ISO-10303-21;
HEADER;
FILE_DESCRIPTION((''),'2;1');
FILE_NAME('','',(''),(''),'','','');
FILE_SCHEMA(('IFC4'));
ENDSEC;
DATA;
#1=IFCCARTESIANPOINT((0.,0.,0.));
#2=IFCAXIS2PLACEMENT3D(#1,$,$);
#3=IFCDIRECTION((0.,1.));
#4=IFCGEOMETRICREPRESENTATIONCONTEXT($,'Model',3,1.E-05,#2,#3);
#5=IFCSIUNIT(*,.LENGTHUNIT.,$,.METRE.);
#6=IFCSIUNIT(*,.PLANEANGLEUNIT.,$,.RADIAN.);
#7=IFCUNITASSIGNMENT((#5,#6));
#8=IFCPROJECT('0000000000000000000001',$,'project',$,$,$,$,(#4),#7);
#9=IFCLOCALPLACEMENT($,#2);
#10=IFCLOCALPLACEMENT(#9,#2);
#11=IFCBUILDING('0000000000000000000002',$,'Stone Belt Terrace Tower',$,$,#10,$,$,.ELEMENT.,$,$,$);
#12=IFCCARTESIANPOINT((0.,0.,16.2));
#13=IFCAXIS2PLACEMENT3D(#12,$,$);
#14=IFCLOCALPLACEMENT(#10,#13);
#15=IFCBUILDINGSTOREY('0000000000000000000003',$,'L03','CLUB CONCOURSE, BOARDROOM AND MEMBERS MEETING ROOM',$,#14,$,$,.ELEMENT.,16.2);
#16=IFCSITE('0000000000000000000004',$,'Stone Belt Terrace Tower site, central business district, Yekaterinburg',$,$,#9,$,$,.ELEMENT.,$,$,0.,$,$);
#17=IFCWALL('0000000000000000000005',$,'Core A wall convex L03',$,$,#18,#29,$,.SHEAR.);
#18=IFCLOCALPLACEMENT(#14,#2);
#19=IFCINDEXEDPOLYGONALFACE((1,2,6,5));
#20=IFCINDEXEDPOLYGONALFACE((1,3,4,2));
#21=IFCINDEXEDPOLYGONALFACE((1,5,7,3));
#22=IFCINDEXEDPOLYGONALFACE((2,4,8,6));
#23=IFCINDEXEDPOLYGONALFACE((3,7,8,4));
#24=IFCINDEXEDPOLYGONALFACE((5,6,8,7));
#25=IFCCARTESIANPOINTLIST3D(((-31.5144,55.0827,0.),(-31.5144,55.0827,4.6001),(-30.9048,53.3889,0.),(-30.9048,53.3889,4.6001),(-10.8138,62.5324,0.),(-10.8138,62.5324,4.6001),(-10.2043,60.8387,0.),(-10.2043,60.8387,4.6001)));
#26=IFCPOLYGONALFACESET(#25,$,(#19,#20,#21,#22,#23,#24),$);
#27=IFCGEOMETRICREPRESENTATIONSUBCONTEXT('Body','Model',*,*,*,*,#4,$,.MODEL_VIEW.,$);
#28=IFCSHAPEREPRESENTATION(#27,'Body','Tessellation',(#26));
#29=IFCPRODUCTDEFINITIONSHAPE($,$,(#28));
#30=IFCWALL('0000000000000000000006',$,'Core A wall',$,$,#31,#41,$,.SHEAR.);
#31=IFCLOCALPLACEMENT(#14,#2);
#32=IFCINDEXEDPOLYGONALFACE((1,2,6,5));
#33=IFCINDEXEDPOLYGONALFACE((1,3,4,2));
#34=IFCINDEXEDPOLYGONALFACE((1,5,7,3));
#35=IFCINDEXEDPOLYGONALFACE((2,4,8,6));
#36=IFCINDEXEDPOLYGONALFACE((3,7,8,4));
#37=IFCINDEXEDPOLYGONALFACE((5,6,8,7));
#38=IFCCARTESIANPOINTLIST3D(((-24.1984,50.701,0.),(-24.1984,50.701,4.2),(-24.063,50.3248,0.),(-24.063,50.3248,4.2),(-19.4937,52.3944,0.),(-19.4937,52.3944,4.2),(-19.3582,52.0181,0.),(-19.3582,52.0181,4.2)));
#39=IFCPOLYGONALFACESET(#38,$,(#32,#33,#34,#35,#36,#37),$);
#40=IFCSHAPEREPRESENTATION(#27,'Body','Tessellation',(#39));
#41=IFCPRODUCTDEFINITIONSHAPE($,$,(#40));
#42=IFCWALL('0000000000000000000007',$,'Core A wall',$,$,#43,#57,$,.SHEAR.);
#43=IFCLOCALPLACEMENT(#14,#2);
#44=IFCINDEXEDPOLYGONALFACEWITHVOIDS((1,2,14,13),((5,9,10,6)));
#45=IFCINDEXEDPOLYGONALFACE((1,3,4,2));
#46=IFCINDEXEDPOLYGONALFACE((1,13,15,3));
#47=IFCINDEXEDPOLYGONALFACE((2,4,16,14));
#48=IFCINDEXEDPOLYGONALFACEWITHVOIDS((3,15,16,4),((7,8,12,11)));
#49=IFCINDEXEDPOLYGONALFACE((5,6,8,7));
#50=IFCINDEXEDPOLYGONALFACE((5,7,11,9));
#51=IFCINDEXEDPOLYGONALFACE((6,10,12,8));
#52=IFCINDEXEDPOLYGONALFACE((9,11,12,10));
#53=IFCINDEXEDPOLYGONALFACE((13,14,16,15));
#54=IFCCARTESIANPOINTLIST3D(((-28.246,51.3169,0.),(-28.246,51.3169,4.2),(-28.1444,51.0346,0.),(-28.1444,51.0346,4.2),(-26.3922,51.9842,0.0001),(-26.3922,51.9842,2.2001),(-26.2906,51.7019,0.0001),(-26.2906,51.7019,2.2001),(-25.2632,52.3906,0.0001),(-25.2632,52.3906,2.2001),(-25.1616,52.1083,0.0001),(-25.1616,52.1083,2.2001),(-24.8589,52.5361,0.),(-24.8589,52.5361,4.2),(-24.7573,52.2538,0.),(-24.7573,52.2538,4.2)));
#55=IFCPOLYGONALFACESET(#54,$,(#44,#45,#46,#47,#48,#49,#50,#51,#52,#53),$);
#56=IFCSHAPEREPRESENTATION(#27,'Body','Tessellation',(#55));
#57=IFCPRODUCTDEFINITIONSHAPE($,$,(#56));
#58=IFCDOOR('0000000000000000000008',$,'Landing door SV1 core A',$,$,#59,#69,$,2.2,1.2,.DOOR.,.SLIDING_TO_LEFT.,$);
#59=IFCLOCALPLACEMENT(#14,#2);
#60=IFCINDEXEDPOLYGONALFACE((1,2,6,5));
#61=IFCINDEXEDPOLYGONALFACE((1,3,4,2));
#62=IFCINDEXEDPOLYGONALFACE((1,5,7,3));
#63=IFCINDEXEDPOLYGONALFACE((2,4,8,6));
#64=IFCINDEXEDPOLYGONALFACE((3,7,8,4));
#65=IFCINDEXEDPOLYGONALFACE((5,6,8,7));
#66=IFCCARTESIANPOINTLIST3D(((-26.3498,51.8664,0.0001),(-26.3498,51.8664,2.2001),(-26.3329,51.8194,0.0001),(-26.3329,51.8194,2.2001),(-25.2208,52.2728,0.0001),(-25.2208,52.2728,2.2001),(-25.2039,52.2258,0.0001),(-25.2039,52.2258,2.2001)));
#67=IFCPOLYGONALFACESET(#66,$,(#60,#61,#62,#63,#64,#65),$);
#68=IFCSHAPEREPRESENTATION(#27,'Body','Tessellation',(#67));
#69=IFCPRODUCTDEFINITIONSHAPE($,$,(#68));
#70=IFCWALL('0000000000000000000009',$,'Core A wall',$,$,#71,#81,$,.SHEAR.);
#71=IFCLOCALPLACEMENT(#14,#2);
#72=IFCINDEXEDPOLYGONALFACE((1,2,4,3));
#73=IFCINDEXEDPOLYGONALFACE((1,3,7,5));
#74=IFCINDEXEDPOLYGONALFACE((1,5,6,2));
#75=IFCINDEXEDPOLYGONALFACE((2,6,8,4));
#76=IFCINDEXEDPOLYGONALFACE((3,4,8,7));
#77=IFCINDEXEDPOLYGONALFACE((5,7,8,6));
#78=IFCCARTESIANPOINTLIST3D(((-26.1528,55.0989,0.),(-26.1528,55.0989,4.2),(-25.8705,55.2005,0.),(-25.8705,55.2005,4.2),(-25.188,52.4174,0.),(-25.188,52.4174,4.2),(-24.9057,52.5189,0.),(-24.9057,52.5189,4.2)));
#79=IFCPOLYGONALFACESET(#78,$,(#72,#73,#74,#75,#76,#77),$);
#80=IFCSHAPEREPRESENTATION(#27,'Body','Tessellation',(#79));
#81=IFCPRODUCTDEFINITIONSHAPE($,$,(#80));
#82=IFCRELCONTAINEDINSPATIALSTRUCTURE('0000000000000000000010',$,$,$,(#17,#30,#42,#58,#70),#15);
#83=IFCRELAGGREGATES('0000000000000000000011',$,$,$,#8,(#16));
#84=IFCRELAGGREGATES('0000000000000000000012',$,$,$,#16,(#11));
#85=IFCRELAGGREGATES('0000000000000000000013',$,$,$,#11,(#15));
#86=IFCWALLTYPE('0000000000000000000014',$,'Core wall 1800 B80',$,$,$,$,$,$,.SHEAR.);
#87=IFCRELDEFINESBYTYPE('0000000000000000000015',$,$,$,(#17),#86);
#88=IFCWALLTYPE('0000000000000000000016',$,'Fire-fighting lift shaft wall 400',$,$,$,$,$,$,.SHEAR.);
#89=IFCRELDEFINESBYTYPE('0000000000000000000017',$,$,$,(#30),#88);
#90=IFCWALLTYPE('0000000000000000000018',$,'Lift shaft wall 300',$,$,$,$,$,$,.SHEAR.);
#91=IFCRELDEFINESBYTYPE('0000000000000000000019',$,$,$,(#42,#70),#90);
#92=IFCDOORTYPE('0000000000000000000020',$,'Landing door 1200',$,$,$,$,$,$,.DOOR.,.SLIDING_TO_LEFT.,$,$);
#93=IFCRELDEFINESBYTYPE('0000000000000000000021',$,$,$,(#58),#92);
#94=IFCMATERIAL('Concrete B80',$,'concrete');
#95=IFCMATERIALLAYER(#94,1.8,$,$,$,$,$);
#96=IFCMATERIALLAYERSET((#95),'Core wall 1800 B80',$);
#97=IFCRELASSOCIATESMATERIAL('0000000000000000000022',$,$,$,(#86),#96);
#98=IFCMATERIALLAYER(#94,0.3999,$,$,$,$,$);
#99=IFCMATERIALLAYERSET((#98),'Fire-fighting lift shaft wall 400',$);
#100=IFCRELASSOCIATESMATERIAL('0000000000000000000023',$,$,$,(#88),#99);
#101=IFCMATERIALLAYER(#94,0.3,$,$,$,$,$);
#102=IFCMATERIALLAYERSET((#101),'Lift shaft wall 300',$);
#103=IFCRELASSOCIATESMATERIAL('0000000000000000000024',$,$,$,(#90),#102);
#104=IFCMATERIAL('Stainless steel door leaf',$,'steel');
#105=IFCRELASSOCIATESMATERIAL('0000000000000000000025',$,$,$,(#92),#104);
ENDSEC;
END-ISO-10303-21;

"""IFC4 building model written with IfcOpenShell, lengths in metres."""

from ifc_helpers import new_model, si_unit, direction, frame, frame_2d, origin, place, context, subcontext, project, spatial, rectangle, extrude, material, layer, layer_set, type_object, element, fill, save


model = new_model("IFC4")

# Units and contexts
model_context = context("Model", 3, precision=1e-05, world=origin(), true_north=direction((0.0, 1.0)))
body_context = subcontext(model_context, "Body", "Model", "MODEL_VIEW")
ifc_project = project(units=[si_unit("LENGTHUNIT", "METRE"), si_unit("PLANEANGLEUNIT", "RADIAN")], contexts=[model_context])

# Site, building, storey
site_placement = place(None, origin())
site = spatial("IfcSite", under=ifc_project, at=site_placement, Name="Stone Belt Terrace Tower site, central business district, Yekaterinburg", CompositionType="ELEMENT", RefElevation=0.0)
building_placement = place(site_placement, origin())
building = spatial("IfcBuilding", under=site, at=building_placement, Name="Stone Belt Terrace Tower", CompositionType="ELEMENT")
storey_placement = place(building_placement, frame((0.0, 0.0, 16.2)))
storey = spatial("IfcBuildingStorey", under=building, at=storey_placement, Name="L03", Description="CLUB CONCOURSE, BOARDROOM AND MEMBERS MEETING ROOM", CompositionType="ELEMENT", Elevation=16.2)

# Shared definitions
ifc_material_1 = material(Name="Concrete B80", Category="concrete")

# Walls
ifc_layer_1 = layer(ifc_material_1, 1.8)
ifc_layer_set_1 = layer_set([ifc_layer_1], Name="Core wall 1800 B80")
wall_type_1 = type_object("IfcWallType", Name="Core wall 1800 B80", PredefinedType="SHEAR", material=ifc_layer_set_1)
wall_1_placement = place(storey_placement, frame((-31.2095, 54.2358, 0.0), z_axis=(0.0, 0.0, 1.0), x_axis=(0.940923, 0.338621, 0.0)))
element("IfcWall", 1, at=wall_1_placement, inside=storey, type_object=wall_type_1, Name="Core A wall convex L03", PredefinedType="SHEAR", context=body_context, shape_type="SweptSolid", body=[
    extrude(rectangle(XDim=22.0002, YDim=1.8, at=frame_2d((11.0, 0.0))), origin(), (0.0, 0.0, 1.0), 4.6001),
])
ifc_layer_2 = layer(ifc_material_1, 0.3999)
ifc_layer_set_2 = layer_set([ifc_layer_2], Name="Fire-fighting lift shaft wall 400")
wall_type_2 = type_object("IfcWallType", Name="Fire-fighting lift shaft wall 400", PredefinedType="SHEAR", material=ifc_layer_set_2)
wall_2_placement = place(storey_placement, frame((-24.1306, 50.5129, 0.0), z_axis=(0.0, 0.0, 1.0), x_axis=(0.940912, 0.338652, 0.0)))
element("IfcWall", 2, at=wall_2_placement, inside=storey, type_object=wall_type_2, Name="Core A wall", PredefinedType="SHEAR", context=body_context, shape_type="SweptSolid", body=[
    extrude(rectangle(XDim=5.0002, YDim=0.3999, at=frame_2d((2.5, 0.0))), origin(), (0.0, 0.0, 1.0), 4.2),
])

# Wall, opening, door
ifc_layer_3 = layer(ifc_material_1, 0.3)
ifc_layer_set_3 = layer_set([ifc_layer_3], Name="Lift shaft wall 300")
wall_type_3 = type_object("IfcWallType", Name="Lift shaft wall 300", PredefinedType="SHEAR", material=ifc_layer_set_3)
wall_3_placement = place(storey_placement, frame((-28.1951, 51.1758, 0.0), z_axis=(0.0, 0.0, 1.0), x_axis=(0.940901, 0.338681, 0.0)))
wall_3 = element("IfcWall", 3, at=wall_3_placement, inside=storey, type_object=wall_type_3, Name="Core A wall", PredefinedType="SHEAR", context=body_context, shape_type="SweptSolid", body=[
    extrude(rectangle(XDim=3.5999, YDim=0.3, at=frame_2d((1.7998, 0.0))), origin(), (0.0, 0.0, 1.0), 4.2),
])
opening_1_placement = place(wall_3_placement, frame((1.97, 0.0, 0.0)))
opening_1 = element("IfcOpeningElement", 4, at=opening_1_placement, cuts=wall_3, PredefinedType="OPENING", context=body_context, shape_type="SweptSolid", body=[
    extrude(rectangle(XDim=1.2, YDim=2.2, at=frame_2d((0.6001, 1.1001))), frame((0.0, 0.1599, 0.0), z_axis=(0.0, -1.0, 0.0), x_axis=(1.0, 0.0, 0.0)), (0.0, 0.0, 1.0), 0.3201),
])
ifc_material_2 = material(Name="Stainless steel door leaf", Category="steel")
door_type_1 = type_object("IfcDoorType", Name="Landing door 1200", OperationType="SLIDING_TO_LEFT", PredefinedType="DOOR", material=ifc_material_2)
door_1_placement = place(opening_1_placement, origin())
door_1 = element("IfcDoor", 5, at=door_1_placement, inside=storey, type_object=door_type_1, Name="Landing door SV1 core A", OperationType="SLIDING_TO_LEFT", OverallHeight=2.2, OverallWidth=1.2, PredefinedType="DOOR", context=body_context, shape_type="SweptSolid", body=[
    extrude(rectangle(XDim=1.2, YDim=2.2, at=frame_2d((0.6001, 1.1001))), frame((0.0, 0.0249, 0.0), z_axis=(0.0, -1.0, 0.0), x_axis=(1.0, 0.0, 0.0)), (0.0, 0.0, 1.0), 0.05),
])
fill(opening_1, door_1)

# Wall
wall_4_placement = place(storey_placement, frame((-25.0469, 52.4683, 0.0), z_axis=(0.0, 0.0, 1.0), x_axis=(-0.33855, 0.940949, 0.0)))
element("IfcWall", 6, at=wall_4_placement, inside=storey, type_object=wall_type_3, Name="Core A wall", PredefinedType="SHEAR", context=body_context, shape_type="SweptSolid", body=[
    extrude(rectangle(XDim=2.8499, YDim=0.3, at=frame_2d((1.4248, 0.0))), origin(), (0.0, 0.0, 1.0), 4.2),
])

save(model, "model.ifc")
